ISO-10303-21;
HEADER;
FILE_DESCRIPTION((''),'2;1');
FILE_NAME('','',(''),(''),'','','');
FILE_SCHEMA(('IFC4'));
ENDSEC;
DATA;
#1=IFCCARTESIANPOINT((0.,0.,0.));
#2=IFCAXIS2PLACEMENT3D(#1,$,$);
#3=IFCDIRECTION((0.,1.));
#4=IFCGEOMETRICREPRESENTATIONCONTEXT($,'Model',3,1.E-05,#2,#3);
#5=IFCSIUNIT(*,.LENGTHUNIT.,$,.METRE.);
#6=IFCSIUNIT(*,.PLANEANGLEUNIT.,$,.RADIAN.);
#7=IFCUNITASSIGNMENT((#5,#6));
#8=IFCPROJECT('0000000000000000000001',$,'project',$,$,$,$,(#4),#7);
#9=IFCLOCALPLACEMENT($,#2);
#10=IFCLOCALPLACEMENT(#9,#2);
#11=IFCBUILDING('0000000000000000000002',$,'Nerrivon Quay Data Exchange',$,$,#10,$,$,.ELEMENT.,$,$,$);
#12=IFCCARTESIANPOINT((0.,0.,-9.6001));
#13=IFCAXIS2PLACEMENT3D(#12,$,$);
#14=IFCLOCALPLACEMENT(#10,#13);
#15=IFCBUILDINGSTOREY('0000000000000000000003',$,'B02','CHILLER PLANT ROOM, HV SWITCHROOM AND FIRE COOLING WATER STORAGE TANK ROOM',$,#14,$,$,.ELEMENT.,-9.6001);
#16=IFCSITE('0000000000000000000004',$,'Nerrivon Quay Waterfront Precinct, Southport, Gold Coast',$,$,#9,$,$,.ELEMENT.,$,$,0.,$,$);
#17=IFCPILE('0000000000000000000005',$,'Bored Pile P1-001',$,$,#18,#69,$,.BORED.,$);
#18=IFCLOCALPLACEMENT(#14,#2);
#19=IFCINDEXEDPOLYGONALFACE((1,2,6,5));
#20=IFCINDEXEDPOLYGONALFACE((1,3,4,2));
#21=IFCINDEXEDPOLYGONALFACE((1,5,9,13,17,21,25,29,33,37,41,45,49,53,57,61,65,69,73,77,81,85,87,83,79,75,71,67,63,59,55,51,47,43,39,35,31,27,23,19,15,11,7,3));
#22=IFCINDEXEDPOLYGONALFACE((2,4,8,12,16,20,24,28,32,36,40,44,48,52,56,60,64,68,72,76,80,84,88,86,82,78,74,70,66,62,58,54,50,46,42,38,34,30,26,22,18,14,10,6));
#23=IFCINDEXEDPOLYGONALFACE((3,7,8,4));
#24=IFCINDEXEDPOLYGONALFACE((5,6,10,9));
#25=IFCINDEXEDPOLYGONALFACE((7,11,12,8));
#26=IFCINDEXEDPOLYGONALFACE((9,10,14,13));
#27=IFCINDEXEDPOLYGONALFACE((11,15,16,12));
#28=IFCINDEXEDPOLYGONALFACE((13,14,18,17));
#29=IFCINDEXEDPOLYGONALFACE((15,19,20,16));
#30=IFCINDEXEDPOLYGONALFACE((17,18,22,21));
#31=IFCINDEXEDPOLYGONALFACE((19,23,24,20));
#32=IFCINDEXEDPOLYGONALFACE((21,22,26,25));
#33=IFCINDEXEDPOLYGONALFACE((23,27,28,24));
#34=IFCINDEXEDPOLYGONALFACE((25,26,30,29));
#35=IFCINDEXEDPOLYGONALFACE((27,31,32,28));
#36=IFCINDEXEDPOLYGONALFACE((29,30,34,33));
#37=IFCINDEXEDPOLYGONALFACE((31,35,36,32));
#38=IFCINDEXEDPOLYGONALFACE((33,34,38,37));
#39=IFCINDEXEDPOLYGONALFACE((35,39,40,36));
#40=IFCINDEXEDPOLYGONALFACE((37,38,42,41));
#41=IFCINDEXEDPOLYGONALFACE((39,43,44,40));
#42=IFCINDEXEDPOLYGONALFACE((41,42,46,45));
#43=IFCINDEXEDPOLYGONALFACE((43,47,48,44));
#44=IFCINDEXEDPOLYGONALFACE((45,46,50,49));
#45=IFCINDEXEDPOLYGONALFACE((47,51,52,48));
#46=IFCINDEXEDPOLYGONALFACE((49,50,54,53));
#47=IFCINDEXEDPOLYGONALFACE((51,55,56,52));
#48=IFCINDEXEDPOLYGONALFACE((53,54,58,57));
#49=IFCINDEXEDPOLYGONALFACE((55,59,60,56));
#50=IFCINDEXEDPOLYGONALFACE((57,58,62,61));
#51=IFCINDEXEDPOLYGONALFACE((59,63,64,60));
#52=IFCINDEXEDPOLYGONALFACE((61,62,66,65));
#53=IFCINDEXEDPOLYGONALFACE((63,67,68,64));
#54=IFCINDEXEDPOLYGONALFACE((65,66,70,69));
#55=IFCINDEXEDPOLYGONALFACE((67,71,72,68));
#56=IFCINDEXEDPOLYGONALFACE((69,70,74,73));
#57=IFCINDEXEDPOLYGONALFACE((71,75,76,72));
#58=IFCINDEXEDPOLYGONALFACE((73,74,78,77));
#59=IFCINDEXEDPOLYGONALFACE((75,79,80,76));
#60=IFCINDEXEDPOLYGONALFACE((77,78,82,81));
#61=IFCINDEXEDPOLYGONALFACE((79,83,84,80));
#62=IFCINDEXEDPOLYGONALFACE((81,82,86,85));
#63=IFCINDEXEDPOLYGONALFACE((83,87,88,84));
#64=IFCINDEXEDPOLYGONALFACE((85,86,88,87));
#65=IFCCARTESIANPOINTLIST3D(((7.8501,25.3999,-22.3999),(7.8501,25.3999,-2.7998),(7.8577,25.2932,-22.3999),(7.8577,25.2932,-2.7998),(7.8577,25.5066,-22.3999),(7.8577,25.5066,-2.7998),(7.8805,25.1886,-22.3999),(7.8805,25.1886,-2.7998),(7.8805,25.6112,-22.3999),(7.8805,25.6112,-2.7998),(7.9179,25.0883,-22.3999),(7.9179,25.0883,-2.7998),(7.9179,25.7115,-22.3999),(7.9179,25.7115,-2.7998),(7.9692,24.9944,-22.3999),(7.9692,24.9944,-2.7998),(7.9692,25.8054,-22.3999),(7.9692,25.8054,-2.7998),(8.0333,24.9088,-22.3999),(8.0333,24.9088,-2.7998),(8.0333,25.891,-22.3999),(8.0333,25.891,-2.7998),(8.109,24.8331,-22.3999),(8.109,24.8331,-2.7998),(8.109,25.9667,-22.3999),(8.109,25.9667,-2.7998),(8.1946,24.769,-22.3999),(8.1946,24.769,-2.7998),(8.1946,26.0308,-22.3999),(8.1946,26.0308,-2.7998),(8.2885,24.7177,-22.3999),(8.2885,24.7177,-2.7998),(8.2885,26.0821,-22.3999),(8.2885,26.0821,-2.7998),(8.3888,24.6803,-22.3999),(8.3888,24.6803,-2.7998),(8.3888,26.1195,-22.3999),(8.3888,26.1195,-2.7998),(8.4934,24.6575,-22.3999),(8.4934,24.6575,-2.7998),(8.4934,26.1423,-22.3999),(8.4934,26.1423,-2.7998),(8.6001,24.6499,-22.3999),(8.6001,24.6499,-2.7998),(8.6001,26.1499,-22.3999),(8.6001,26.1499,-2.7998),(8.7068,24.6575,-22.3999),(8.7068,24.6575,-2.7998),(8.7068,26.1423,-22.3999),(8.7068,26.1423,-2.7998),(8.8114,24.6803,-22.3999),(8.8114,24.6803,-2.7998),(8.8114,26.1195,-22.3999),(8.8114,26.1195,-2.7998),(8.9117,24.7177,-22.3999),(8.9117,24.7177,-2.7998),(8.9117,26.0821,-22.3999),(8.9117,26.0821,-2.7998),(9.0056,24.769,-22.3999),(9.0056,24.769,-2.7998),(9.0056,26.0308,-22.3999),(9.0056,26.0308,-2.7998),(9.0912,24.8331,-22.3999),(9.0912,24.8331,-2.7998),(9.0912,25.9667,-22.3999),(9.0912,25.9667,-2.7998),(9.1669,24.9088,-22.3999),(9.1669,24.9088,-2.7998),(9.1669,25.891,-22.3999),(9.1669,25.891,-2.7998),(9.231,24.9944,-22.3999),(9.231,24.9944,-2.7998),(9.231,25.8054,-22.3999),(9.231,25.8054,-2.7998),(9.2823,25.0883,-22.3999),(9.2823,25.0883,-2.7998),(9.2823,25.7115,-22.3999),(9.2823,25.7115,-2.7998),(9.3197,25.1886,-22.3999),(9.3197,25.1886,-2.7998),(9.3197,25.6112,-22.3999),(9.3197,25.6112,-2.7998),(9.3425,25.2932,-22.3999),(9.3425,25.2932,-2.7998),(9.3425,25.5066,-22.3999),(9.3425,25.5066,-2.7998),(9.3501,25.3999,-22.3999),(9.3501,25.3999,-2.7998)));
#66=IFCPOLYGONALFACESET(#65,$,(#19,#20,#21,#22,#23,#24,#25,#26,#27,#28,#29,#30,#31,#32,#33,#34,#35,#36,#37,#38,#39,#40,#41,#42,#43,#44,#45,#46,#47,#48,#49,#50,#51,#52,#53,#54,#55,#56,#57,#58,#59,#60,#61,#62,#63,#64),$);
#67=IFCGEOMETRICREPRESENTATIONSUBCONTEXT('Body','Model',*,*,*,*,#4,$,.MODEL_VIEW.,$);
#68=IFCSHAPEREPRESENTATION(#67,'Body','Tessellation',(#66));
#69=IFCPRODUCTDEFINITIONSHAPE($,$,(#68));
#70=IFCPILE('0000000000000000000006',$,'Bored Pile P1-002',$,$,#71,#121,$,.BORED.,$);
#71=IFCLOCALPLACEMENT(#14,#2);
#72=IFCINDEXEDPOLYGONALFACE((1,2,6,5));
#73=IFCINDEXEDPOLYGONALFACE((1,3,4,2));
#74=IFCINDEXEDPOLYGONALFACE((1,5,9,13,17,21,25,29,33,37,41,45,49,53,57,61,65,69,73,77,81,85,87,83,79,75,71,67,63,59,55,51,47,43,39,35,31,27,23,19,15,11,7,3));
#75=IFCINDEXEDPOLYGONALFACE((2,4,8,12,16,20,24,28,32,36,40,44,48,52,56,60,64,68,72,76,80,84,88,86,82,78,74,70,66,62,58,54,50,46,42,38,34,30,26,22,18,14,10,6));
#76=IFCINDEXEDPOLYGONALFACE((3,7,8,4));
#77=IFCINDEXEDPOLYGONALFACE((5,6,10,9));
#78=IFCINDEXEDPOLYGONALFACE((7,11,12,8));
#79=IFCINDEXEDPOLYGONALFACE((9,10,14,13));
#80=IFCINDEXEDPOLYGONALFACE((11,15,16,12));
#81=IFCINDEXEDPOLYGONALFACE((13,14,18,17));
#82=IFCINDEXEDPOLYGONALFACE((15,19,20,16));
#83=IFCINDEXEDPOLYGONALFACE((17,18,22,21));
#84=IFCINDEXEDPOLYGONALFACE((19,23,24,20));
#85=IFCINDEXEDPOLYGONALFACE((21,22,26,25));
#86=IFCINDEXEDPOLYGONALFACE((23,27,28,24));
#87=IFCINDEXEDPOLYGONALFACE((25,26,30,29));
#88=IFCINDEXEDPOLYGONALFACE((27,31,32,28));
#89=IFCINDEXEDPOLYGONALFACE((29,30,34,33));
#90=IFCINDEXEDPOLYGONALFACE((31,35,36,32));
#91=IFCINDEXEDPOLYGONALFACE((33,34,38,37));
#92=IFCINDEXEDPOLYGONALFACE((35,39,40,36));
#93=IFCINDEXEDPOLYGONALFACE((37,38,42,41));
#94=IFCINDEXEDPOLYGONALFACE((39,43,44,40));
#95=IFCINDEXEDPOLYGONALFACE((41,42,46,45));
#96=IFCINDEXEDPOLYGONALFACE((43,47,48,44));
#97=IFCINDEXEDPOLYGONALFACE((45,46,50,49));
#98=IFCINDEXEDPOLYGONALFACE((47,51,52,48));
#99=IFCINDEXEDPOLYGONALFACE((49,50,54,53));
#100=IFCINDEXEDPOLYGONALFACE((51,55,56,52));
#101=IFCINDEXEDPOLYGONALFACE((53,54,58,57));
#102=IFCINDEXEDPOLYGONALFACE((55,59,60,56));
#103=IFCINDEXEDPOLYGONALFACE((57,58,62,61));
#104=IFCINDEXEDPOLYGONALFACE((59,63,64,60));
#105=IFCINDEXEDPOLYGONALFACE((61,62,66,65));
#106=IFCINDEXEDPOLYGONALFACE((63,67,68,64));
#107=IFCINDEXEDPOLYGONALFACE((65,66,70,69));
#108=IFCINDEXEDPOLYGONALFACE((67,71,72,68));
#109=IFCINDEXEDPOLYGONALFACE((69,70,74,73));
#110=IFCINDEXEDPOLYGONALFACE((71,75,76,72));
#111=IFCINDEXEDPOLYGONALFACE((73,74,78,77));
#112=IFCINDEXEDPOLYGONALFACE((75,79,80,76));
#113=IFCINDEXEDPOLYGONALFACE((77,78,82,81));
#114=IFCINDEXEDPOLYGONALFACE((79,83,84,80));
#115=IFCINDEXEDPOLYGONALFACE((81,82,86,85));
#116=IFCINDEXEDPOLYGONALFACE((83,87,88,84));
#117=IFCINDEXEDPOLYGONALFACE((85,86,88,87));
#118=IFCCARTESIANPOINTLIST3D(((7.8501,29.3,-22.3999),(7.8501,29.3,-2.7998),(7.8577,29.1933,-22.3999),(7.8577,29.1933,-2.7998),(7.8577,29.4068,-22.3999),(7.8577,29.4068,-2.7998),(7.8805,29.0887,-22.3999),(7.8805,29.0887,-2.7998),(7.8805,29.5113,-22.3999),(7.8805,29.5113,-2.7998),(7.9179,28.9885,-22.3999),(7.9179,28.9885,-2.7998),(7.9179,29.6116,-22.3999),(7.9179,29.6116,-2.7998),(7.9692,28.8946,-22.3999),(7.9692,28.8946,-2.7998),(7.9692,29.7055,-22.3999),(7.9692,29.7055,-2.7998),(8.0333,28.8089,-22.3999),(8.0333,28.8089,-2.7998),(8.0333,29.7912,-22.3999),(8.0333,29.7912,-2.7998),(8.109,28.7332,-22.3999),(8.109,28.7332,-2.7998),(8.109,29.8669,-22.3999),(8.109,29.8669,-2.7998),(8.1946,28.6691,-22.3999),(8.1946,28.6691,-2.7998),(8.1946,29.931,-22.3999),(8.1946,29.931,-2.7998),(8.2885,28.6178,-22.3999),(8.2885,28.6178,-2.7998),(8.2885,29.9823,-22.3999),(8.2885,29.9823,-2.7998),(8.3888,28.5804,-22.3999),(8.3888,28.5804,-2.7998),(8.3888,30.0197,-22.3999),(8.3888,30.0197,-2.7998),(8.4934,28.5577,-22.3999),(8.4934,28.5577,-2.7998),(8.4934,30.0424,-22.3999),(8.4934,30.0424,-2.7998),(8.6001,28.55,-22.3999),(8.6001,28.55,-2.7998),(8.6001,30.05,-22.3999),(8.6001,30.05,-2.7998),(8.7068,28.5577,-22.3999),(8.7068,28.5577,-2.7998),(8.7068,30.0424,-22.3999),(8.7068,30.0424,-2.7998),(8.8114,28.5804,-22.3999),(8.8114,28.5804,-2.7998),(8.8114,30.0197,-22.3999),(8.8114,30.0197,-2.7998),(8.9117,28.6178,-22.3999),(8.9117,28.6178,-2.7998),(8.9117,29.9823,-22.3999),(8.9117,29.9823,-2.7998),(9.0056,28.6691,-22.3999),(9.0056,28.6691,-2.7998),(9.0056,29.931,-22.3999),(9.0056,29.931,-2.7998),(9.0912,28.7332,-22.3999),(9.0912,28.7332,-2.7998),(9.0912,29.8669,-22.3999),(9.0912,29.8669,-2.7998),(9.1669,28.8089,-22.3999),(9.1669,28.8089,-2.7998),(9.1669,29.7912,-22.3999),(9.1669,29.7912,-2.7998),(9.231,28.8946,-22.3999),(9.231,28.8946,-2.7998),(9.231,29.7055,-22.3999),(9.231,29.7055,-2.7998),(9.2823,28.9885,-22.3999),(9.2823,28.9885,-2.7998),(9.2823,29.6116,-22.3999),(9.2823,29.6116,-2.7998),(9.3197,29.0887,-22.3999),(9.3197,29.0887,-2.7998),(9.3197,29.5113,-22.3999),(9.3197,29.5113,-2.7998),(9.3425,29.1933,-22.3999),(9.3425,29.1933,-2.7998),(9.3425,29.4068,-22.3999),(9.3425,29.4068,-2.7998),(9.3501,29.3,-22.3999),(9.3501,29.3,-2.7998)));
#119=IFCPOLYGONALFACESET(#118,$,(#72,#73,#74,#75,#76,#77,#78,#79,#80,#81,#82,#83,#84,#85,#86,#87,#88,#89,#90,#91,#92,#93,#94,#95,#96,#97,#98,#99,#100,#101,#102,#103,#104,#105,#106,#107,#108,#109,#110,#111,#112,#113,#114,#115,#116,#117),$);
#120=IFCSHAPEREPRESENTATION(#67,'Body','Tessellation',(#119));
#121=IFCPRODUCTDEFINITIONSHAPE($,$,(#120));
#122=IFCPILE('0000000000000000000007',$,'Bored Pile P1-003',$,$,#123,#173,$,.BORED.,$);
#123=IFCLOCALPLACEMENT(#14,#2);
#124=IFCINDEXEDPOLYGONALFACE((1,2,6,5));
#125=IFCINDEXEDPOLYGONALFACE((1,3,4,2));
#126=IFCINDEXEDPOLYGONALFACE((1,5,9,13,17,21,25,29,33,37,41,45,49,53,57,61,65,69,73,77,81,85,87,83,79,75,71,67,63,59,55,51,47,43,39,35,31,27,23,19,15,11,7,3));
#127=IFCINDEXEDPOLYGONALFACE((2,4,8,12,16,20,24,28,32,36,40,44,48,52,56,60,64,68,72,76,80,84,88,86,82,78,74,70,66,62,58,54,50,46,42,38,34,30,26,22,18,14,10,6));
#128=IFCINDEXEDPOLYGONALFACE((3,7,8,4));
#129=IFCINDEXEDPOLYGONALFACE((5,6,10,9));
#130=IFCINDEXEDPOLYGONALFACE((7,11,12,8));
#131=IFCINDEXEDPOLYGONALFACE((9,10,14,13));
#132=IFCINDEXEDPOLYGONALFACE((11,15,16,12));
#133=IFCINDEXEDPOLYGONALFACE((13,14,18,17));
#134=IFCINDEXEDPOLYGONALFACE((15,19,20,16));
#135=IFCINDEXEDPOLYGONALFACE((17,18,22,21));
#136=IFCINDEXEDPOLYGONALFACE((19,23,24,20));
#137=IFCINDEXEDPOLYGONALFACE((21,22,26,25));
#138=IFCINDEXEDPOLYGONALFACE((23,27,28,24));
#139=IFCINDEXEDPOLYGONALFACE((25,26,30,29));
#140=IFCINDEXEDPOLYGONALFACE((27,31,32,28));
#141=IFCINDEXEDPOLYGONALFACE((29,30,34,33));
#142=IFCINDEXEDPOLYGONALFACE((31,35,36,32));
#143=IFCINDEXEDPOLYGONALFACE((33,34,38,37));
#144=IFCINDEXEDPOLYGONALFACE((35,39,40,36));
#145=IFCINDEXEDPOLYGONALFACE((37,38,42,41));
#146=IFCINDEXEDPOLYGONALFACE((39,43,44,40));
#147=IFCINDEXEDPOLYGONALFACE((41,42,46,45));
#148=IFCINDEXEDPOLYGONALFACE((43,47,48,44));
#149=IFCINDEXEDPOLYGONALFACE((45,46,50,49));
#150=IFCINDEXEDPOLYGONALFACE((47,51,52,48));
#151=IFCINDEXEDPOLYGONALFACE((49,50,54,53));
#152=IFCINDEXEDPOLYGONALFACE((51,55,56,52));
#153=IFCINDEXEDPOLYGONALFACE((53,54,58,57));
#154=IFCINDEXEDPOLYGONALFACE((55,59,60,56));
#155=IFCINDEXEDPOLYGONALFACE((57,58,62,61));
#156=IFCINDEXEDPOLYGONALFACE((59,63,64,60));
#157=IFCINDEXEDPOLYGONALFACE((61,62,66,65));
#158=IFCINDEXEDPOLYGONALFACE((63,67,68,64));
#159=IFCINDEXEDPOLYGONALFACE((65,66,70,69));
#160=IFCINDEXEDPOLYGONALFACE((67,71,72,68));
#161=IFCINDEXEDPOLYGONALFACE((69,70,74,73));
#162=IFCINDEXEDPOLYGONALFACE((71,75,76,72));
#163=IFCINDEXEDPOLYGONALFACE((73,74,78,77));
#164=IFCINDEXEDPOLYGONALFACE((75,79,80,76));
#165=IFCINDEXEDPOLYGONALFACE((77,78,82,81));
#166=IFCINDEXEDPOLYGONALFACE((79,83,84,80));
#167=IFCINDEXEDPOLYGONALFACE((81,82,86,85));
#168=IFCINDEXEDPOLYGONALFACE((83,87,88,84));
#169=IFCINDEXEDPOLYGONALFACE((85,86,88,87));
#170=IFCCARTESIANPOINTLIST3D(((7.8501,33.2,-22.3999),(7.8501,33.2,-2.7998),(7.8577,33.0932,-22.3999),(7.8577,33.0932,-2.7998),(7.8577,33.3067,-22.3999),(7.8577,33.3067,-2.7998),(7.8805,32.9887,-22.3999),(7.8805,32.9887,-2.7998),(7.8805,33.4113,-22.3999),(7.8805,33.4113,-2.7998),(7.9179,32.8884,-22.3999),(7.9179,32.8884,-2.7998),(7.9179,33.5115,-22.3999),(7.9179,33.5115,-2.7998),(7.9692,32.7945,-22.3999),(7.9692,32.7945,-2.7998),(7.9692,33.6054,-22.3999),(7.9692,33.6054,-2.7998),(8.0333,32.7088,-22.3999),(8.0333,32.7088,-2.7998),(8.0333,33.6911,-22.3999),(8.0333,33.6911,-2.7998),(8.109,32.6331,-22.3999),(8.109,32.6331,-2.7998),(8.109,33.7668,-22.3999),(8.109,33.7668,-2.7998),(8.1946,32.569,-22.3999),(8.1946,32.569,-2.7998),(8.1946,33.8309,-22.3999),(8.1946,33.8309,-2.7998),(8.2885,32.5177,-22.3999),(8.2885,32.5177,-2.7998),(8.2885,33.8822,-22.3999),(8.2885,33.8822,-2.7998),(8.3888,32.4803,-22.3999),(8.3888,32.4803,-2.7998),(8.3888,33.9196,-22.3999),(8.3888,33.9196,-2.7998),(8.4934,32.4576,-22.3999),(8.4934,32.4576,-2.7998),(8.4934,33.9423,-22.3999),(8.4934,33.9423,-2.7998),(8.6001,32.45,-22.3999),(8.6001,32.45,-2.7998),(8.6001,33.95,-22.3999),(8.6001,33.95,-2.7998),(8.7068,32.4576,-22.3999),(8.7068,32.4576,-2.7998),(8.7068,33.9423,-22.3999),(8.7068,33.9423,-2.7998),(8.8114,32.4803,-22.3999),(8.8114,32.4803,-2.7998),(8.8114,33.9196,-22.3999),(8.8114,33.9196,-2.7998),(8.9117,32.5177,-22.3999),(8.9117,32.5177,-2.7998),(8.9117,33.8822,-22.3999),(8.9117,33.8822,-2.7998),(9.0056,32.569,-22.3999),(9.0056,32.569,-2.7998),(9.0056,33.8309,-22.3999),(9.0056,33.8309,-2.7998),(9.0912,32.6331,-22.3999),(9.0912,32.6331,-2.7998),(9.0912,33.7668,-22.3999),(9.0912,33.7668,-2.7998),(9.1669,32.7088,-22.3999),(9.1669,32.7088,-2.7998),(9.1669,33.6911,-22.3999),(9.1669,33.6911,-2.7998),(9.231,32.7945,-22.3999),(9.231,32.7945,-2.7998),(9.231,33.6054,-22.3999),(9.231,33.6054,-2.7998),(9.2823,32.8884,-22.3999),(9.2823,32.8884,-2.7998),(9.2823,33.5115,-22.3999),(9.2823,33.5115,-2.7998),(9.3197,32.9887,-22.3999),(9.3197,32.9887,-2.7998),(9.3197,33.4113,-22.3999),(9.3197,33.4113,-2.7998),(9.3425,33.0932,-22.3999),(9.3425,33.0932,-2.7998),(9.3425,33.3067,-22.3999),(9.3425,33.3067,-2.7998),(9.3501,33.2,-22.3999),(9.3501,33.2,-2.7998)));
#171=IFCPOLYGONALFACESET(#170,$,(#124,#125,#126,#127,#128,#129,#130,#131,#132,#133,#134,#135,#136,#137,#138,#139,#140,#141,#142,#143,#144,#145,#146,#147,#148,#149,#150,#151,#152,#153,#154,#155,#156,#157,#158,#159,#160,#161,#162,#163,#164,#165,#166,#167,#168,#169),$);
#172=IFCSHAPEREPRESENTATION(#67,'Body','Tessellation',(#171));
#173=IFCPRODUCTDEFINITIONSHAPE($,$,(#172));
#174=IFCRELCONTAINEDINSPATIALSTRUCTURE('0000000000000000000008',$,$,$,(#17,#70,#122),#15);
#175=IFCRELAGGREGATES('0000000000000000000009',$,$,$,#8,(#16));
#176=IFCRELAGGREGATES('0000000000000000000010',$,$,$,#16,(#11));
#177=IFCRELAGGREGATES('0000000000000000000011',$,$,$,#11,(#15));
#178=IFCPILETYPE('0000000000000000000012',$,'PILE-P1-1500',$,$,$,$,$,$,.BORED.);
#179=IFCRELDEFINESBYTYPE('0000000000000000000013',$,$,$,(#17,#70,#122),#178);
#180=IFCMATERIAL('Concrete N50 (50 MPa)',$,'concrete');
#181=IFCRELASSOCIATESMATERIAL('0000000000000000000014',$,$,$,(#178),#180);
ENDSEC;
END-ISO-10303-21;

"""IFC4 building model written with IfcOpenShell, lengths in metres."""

from ifc_helpers import new_model, si_unit, direction, frame, origin, origin_2d, place, context, subcontext, project, spatial, circle, extrude, material, material_profile, profile_set, type_object, element, save


model = new_model("IFC4")

# Units and contexts
model_context = context("Model", 3, precision=1e-05, world=origin(), true_north=direction((0.0, 1.0)))
body_context = subcontext(model_context, "Body", "Model", "MODEL_VIEW")
ifc_project = project(units=[si_unit("LENGTHUNIT", "METRE"), si_unit("PLANEANGLEUNIT", "RADIAN")], contexts=[model_context])

# Site, building, storey
site_placement = place(None, origin())
site = spatial("IfcSite", under=ifc_project, at=site_placement, Name="Nerrivon Quay Waterfront Precinct, Southport, Gold Coast", CompositionType="ELEMENT", RefElevation=0.0)
building_placement = place(site_placement, origin())
building = spatial("IfcBuilding", under=site, at=building_placement, Name="Nerrivon Quay Data Exchange", CompositionType="ELEMENT")
storey_placement = place(building_placement, frame((0.0, 0.0, -9.6001)))
storey = spatial("IfcBuildingStorey", under=building, at=storey_placement, Name="B02", Description="CHILLER PLANT ROOM, HV SWITCHROOM AND FIRE COOLING WATER STORAGE TANK ROOM", CompositionType="ELEMENT", Elevation=-9.6001)

# Piles
ifc_material_1 = material(Name="Concrete N50 (50 MPa)", Category="concrete")
ifc_material_profile_1 = material_profile(ifc_material_1, circle(Radius=0.75, at=origin_2d()), Name="PILE-1500")
ifc_profile_set_1 = profile_set([ifc_material_profile_1], Name="Concrete N50 (50 MPa)")
pile_type_1 = type_object("IfcPileType", Name="PILE-P1-1500", PredefinedType="BORED", material=ifc_profile_set_1)
for number, where, z_axis, x_axis, name in (
    (1, (8.6001, 25.3999, -2.7998), (0.0, 0.0, -1.0), (1.0, 0.0, 0.0), "Bored Pile P1-001"),
    (2, (8.6001, 29.3, -2.7998), (0.0, 0.0, -1.0), (1.0, 0.0, 0.0), "Bored Pile P1-002"),
    (3, (8.6001, 33.2, -2.7998), (0.0, 0.0, -1.0), (1.0, 0.0, 0.0), "Bored Pile P1-003"),
):
    element("IfcPile", number, at=place(storey_placement, frame(where, z_axis=z_axis, x_axis=x_axis)), inside=storey, type_object=pile_type_1, Name=name, PredefinedType="BORED", context=body_context, shape_type="SweptSolid", body=[
        extrude(circle(Radius=0.75, at=origin_2d()), origin(), (0.0, 0.0, 1.0), 19.6001),
    ])

save(model, "model.ifc")
